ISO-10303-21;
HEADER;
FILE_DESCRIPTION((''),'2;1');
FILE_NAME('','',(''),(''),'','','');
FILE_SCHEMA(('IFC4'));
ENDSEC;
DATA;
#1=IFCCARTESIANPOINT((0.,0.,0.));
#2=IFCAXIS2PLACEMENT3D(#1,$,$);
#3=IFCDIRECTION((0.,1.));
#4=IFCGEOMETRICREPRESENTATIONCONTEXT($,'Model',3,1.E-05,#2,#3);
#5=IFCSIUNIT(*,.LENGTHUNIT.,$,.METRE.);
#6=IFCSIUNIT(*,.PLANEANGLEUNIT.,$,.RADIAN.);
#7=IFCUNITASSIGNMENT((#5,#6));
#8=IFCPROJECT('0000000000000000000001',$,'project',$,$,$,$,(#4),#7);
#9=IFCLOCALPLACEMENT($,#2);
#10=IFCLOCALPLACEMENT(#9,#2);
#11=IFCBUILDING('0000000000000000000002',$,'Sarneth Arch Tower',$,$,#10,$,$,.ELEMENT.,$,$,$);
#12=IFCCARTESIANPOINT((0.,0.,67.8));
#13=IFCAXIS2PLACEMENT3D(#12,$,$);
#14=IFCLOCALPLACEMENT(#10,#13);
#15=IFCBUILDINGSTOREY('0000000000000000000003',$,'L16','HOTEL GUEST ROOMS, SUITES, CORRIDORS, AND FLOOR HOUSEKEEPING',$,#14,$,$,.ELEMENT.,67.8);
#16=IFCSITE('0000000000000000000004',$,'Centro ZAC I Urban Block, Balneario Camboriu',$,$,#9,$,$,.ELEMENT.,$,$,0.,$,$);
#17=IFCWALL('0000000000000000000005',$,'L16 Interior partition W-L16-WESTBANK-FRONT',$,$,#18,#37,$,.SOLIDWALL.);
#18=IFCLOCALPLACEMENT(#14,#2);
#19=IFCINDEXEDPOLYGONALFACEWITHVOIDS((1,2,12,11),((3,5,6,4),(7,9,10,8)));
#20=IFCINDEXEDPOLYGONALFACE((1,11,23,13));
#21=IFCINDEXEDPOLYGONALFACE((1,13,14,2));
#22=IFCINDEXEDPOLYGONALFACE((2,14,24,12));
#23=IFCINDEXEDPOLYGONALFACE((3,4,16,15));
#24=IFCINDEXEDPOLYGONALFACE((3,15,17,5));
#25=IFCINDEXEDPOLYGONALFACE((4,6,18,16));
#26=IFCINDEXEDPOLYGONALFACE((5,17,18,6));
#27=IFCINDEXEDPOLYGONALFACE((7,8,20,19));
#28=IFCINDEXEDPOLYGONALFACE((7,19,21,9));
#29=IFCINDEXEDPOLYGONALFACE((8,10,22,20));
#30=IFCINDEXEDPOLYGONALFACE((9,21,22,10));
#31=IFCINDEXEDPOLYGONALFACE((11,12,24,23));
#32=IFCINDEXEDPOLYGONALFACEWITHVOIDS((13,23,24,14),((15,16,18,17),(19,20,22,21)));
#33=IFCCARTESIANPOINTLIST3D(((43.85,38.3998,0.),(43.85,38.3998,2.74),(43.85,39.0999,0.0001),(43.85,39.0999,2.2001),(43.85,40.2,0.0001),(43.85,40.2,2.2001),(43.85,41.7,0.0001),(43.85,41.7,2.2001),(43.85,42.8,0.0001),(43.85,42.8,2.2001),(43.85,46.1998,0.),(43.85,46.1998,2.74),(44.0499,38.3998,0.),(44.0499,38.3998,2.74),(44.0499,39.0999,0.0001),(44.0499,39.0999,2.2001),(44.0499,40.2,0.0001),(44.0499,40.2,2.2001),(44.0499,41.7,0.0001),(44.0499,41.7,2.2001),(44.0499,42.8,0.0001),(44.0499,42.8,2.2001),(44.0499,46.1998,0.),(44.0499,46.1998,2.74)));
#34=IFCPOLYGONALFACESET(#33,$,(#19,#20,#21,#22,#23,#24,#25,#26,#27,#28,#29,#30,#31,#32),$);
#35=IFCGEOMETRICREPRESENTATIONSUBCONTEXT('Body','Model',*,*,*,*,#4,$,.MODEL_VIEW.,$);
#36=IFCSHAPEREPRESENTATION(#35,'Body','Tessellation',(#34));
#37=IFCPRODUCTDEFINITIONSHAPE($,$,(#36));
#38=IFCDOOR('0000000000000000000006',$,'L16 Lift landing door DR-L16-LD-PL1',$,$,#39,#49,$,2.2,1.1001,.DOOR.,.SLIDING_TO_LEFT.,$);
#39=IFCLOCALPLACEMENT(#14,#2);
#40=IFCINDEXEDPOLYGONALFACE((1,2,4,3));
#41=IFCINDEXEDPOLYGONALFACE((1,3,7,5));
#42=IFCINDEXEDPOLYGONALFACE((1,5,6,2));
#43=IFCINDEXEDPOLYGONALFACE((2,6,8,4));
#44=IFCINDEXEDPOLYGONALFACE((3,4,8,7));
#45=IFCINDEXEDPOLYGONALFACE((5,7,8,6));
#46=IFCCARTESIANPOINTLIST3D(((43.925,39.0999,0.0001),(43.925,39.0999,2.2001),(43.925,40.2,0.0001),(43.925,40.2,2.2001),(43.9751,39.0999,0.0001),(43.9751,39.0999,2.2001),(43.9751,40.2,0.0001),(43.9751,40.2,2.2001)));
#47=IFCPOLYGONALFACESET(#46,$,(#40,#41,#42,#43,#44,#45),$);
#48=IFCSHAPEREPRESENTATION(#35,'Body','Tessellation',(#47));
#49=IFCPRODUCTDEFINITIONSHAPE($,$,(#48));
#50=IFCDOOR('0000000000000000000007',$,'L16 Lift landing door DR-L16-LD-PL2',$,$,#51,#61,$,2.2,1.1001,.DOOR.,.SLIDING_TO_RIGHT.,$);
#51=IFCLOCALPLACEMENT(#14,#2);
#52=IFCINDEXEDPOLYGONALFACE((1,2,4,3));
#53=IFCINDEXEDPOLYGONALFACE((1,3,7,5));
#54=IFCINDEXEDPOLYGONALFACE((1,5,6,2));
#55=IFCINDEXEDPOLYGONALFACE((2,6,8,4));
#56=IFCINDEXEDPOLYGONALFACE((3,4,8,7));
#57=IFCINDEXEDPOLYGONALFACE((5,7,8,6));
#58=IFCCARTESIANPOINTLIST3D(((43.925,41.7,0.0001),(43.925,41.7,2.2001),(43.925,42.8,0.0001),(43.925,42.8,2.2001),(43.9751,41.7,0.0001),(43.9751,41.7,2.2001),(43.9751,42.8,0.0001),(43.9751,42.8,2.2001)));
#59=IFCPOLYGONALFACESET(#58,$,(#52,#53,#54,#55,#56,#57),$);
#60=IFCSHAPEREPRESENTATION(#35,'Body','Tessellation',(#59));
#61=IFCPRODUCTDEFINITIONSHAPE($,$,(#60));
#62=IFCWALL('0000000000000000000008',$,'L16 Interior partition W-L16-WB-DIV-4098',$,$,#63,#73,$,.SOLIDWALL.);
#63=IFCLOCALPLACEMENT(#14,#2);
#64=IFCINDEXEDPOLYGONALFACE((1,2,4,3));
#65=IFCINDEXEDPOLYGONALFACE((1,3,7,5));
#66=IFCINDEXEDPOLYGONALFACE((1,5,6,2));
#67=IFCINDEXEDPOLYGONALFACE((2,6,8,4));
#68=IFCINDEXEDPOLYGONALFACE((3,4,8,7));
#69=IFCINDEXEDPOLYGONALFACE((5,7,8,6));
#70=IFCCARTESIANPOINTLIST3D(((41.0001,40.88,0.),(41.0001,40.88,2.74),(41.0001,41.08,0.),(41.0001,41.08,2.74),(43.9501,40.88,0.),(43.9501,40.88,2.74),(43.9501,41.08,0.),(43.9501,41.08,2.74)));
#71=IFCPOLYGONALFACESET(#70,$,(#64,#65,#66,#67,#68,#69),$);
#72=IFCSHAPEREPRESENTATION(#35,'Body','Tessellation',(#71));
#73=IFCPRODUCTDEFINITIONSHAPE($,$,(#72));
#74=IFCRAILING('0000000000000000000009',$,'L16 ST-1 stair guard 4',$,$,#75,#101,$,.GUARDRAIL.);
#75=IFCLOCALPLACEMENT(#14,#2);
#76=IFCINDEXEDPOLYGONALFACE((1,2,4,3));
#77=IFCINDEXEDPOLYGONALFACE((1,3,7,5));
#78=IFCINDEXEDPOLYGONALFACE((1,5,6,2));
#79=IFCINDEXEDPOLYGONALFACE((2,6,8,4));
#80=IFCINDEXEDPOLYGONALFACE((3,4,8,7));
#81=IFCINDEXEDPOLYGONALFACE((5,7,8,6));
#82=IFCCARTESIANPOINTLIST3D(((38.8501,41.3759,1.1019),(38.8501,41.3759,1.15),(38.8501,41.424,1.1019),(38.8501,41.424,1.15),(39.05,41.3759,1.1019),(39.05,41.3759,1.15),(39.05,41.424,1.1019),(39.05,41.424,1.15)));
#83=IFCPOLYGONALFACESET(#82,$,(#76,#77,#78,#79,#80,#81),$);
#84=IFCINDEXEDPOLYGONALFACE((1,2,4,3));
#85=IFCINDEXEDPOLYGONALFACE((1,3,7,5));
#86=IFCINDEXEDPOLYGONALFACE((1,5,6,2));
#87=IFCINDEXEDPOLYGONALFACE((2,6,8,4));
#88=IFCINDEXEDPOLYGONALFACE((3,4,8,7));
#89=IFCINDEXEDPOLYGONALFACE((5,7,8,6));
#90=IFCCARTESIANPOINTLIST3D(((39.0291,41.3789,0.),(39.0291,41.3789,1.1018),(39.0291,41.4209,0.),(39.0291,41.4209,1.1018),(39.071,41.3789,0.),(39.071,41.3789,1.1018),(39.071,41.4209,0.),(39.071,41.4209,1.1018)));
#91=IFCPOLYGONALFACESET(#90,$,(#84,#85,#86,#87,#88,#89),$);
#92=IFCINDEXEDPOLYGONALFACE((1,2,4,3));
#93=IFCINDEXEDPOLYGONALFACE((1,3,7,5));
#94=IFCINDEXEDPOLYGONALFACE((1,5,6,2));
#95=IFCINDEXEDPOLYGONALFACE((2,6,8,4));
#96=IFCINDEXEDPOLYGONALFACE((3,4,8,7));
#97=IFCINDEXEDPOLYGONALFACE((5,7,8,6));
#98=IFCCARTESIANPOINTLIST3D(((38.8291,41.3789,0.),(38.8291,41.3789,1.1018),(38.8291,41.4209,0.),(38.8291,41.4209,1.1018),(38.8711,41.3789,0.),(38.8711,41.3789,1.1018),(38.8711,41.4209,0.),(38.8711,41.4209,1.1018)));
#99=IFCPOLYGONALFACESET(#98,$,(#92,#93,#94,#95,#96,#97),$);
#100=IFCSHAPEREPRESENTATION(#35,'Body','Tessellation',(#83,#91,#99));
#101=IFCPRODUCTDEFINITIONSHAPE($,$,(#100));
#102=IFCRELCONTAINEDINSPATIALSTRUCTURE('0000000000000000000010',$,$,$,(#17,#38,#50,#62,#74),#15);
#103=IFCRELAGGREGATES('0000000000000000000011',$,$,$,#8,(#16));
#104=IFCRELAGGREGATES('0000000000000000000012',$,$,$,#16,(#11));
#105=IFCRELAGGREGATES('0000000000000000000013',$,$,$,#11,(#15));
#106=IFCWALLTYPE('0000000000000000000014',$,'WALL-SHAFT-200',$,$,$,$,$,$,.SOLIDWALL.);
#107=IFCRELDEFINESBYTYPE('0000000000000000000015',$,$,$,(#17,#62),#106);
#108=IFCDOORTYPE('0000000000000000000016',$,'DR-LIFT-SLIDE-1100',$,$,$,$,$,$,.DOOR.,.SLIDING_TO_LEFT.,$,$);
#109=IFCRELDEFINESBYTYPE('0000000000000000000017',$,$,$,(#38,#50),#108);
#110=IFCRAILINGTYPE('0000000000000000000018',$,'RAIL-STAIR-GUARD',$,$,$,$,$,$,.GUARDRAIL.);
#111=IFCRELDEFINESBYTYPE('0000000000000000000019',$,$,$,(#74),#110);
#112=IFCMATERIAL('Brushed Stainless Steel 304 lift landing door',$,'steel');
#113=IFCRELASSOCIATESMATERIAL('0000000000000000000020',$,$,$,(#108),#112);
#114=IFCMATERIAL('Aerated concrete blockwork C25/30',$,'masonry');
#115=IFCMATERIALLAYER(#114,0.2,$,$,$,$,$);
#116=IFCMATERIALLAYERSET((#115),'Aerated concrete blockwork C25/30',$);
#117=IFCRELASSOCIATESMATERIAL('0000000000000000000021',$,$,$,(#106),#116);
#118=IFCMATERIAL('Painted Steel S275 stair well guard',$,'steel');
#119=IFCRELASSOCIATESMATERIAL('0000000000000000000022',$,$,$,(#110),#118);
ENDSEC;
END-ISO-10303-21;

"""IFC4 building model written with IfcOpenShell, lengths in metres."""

from ifc_helpers import new_model, si_unit, direction, frame, frame_2d, origin, origin_2d, place, context, subcontext, project, spatial, rectangle, extrude, material, layer, layer_set, type_object, element, fill, save


model = new_model("IFC4")

# Units and contexts
model_context = context("Model", 3, precision=1e-05, world=origin(), true_north=direction((0.0, 1.0)))
body_context = subcontext(model_context, "Body", "Model", "MODEL_VIEW")
ifc_project = project(units=[si_unit("LENGTHUNIT", "METRE"), si_unit("PLANEANGLEUNIT", "RADIAN")], contexts=[model_context])

# Site, building, storey
site_placement = place(None, origin())
site = spatial("IfcSite", under=ifc_project, at=site_placement, Name="Centro ZAC I Urban Block, Balneario Camboriu", CompositionType="ELEMENT", RefElevation=0.0)
building_placement = place(site_placement, origin())
building = spatial("IfcBuilding", under=site, at=building_placement, Name="Sarneth Arch Tower", CompositionType="ELEMENT")
storey_placement = place(building_placement, frame((0.0, 0.0, 67.8)))
storey = spatial("IfcBuildingStorey", under=building, at=storey_placement, Name="L16", Description="HOTEL GUEST ROOMS, SUITES, CORRIDORS, AND FLOOR HOUSEKEEPING", CompositionType="ELEMENT", Elevation=67.8)

# Shared definitions
ifc_material_1 = material(Name="Brushed Stainless Steel 304 lift landing door", Category="steel")
door_type_1 = type_object("IfcDoorType", Name="DR-LIFT-SLIDE-1100", OperationType="SLIDING_TO_LEFT", PredefinedType="DOOR", material=ifc_material_1)

# Shared definitions
ifc_material_2 = material(Name="Aerated concrete blockwork C25/30", Category="masonry")
ifc_layer_1 = layer(ifc_material_2, 0.2)
ifc_layer_set_1 = layer_set([ifc_layer_1], Name="Aerated concrete blockwork C25/30")
wall_type_1 = type_object("IfcWallType", Name="WALL-SHAFT-200", PredefinedType="SOLIDWALL", material=ifc_layer_set_1)

# Wall, openings, doors
wall_1_placement = place(storey_placement, frame((43.95, 38.3999, 0.0), z_axis=(0.0, 0.0, 1.0), x_axis=(0.0, 1.0, 0.0)))
wall_1 = element("IfcWall", 1, at=wall_1_placement, inside=storey, type_object=wall_type_1, Name="L16 Interior partition W-L16-WESTBANK-FRONT", PredefinedType="SOLIDWALL", context=body_context, shape_type="SweptSolid", body=[
    extrude(rectangle(XDim=7.8, YDim=0.2, at=frame_2d((3.8999, 0.0))), origin(), (0.0, 0.0, 1.0), 2.74),
])
opening_1_placement = place(wall_1_placement, frame((0.7, 0.0, 0.0)))
opening_1 = element("IfcOpeningElement", 2, at=opening_1_placement, cuts=wall_1, PredefinedType="OPENING", context=body_context, shape_type="SweptSolid", body=[
    extrude(rectangle(XDim=1.1001, YDim=2.2, at=frame_2d((0.55, 1.1001))), frame((0.0, 0.1099, 0.0), z_axis=(0.0, -1.0, 0.0), x_axis=(1.0, 0.0, 0.0)), (0.0, 0.0, 1.0), 0.22),
])
opening_2_placement = place(wall_1_placement, frame((3.3, 0.0, 0.0)))
opening_2 = element("IfcOpeningElement", 3, at=opening_2_placement, cuts=wall_1, PredefinedType="OPENING", context=body_context, shape_type="SweptSolid", body=[
    extrude(rectangle(XDim=1.1001, YDim=2.2, at=frame_2d((0.55, 1.1001))), frame((0.0, 0.1099, 0.0), z_axis=(0.0, -1.0, 0.0), x_axis=(1.0, 0.0, 0.0)), (0.0, 0.0, 1.0), 0.22),
])
door_1_placement = place(opening_1_placement, origin())
door_1 = element("IfcDoor", 4, at=door_1_placement, inside=storey, type_object=door_type_1, Name="L16 Lift landing door DR-L16-LD-PL1", OperationType="SLIDING_TO_LEFT", OverallHeight=2.2, OverallWidth=1.1001, PredefinedType="DOOR", context=body_context, shape_type="SweptSolid", body=[
    extrude(rectangle(XDim=1.1001, YDim=2.2, at=frame_2d((0.55, 1.1001))), frame((0.0, 0.0249, 0.0), z_axis=(0.0, -1.0, 0.0), x_axis=(1.0, 0.0, 0.0)), (0.0, 0.0, 1.0), 0.05),
])
fill(opening_1, door_1)
door_2_placement = place(opening_2_placement, origin())
door_2 = element("IfcDoor", 5, at=door_2_placement, inside=storey, type_object=door_type_1, Name="L16 Lift landing door DR-L16-LD-PL2", OperationType="SLIDING_TO_RIGHT", OverallHeight=2.2, OverallWidth=1.1001, PredefinedType="DOOR", context=body_context, shape_type="SweptSolid", body=[
    extrude(rectangle(XDim=1.1001, YDim=2.2, at=frame_2d((0.55, 1.1001))), frame((0.0, 0.0249, 0.0), z_axis=(0.0, -1.0, 0.0), x_axis=(1.0, 0.0, 0.0)), (0.0, 0.0, 1.0), 0.05),
])
fill(opening_2, door_2)

# Wall
wall_2_placement = place(storey_placement, frame((41.0, 40.98, 0.0), z_axis=(0.0, 0.0, 1.0), x_axis=(1.0, 0.0, 0.0)))
element("IfcWall", 6, at=wall_2_placement, inside=storey, type_object=wall_type_1, Name="L16 Interior partition W-L16-WB-DIV-4098", PredefinedType="SOLIDWALL", context=body_context, shape_type="SweptSolid", body=[
    extrude(rectangle(XDim=2.95, YDim=0.2, at=frame_2d((1.4751, 0.0))), origin(), (0.0, 0.0, 1.0), 2.74),
])

# Railing
ifc_material_3 = material(Name="Painted Steel S275 stair well guard", Category="steel")
railing_type = type_object("IfcRailingType", Name="RAIL-STAIR-GUARD", PredefinedType="GUARDRAIL", material=ifc_material_3)
railing_placement = place(storey_placement, frame((39.05, 41.3999, 0.0)))
element("IfcRailing", 7, at=railing_placement, inside=storey, type_object=railing_type, Name="L16 ST-1 stair guard 4", PredefinedType="GUARDRAIL", context=body_context, shape_type="SweptSolid", body=[
    extrude(rectangle(XDim=0.0481, YDim=0.0481, at=origin_2d()), frame((0.0, 0.0, 1.126), z_axis=(-1.0, 0.0, 0.0), x_axis=(0.0, -1.0, 0.0)), (0.0, 0.0, 1.0), 0.2),
    extrude(rectangle(XDim=0.042, YDim=0.042, at=origin_2d()), origin(), (0.0, 0.0, 1.0), 1.1018),
    extrude(rectangle(XDim=0.042, YDim=0.042, at=origin_2d()), frame((-0.2, 0.0, 0.0)), (0.0, 0.0, 1.0), 1.1018),
])

save(model, "model.ifc")
